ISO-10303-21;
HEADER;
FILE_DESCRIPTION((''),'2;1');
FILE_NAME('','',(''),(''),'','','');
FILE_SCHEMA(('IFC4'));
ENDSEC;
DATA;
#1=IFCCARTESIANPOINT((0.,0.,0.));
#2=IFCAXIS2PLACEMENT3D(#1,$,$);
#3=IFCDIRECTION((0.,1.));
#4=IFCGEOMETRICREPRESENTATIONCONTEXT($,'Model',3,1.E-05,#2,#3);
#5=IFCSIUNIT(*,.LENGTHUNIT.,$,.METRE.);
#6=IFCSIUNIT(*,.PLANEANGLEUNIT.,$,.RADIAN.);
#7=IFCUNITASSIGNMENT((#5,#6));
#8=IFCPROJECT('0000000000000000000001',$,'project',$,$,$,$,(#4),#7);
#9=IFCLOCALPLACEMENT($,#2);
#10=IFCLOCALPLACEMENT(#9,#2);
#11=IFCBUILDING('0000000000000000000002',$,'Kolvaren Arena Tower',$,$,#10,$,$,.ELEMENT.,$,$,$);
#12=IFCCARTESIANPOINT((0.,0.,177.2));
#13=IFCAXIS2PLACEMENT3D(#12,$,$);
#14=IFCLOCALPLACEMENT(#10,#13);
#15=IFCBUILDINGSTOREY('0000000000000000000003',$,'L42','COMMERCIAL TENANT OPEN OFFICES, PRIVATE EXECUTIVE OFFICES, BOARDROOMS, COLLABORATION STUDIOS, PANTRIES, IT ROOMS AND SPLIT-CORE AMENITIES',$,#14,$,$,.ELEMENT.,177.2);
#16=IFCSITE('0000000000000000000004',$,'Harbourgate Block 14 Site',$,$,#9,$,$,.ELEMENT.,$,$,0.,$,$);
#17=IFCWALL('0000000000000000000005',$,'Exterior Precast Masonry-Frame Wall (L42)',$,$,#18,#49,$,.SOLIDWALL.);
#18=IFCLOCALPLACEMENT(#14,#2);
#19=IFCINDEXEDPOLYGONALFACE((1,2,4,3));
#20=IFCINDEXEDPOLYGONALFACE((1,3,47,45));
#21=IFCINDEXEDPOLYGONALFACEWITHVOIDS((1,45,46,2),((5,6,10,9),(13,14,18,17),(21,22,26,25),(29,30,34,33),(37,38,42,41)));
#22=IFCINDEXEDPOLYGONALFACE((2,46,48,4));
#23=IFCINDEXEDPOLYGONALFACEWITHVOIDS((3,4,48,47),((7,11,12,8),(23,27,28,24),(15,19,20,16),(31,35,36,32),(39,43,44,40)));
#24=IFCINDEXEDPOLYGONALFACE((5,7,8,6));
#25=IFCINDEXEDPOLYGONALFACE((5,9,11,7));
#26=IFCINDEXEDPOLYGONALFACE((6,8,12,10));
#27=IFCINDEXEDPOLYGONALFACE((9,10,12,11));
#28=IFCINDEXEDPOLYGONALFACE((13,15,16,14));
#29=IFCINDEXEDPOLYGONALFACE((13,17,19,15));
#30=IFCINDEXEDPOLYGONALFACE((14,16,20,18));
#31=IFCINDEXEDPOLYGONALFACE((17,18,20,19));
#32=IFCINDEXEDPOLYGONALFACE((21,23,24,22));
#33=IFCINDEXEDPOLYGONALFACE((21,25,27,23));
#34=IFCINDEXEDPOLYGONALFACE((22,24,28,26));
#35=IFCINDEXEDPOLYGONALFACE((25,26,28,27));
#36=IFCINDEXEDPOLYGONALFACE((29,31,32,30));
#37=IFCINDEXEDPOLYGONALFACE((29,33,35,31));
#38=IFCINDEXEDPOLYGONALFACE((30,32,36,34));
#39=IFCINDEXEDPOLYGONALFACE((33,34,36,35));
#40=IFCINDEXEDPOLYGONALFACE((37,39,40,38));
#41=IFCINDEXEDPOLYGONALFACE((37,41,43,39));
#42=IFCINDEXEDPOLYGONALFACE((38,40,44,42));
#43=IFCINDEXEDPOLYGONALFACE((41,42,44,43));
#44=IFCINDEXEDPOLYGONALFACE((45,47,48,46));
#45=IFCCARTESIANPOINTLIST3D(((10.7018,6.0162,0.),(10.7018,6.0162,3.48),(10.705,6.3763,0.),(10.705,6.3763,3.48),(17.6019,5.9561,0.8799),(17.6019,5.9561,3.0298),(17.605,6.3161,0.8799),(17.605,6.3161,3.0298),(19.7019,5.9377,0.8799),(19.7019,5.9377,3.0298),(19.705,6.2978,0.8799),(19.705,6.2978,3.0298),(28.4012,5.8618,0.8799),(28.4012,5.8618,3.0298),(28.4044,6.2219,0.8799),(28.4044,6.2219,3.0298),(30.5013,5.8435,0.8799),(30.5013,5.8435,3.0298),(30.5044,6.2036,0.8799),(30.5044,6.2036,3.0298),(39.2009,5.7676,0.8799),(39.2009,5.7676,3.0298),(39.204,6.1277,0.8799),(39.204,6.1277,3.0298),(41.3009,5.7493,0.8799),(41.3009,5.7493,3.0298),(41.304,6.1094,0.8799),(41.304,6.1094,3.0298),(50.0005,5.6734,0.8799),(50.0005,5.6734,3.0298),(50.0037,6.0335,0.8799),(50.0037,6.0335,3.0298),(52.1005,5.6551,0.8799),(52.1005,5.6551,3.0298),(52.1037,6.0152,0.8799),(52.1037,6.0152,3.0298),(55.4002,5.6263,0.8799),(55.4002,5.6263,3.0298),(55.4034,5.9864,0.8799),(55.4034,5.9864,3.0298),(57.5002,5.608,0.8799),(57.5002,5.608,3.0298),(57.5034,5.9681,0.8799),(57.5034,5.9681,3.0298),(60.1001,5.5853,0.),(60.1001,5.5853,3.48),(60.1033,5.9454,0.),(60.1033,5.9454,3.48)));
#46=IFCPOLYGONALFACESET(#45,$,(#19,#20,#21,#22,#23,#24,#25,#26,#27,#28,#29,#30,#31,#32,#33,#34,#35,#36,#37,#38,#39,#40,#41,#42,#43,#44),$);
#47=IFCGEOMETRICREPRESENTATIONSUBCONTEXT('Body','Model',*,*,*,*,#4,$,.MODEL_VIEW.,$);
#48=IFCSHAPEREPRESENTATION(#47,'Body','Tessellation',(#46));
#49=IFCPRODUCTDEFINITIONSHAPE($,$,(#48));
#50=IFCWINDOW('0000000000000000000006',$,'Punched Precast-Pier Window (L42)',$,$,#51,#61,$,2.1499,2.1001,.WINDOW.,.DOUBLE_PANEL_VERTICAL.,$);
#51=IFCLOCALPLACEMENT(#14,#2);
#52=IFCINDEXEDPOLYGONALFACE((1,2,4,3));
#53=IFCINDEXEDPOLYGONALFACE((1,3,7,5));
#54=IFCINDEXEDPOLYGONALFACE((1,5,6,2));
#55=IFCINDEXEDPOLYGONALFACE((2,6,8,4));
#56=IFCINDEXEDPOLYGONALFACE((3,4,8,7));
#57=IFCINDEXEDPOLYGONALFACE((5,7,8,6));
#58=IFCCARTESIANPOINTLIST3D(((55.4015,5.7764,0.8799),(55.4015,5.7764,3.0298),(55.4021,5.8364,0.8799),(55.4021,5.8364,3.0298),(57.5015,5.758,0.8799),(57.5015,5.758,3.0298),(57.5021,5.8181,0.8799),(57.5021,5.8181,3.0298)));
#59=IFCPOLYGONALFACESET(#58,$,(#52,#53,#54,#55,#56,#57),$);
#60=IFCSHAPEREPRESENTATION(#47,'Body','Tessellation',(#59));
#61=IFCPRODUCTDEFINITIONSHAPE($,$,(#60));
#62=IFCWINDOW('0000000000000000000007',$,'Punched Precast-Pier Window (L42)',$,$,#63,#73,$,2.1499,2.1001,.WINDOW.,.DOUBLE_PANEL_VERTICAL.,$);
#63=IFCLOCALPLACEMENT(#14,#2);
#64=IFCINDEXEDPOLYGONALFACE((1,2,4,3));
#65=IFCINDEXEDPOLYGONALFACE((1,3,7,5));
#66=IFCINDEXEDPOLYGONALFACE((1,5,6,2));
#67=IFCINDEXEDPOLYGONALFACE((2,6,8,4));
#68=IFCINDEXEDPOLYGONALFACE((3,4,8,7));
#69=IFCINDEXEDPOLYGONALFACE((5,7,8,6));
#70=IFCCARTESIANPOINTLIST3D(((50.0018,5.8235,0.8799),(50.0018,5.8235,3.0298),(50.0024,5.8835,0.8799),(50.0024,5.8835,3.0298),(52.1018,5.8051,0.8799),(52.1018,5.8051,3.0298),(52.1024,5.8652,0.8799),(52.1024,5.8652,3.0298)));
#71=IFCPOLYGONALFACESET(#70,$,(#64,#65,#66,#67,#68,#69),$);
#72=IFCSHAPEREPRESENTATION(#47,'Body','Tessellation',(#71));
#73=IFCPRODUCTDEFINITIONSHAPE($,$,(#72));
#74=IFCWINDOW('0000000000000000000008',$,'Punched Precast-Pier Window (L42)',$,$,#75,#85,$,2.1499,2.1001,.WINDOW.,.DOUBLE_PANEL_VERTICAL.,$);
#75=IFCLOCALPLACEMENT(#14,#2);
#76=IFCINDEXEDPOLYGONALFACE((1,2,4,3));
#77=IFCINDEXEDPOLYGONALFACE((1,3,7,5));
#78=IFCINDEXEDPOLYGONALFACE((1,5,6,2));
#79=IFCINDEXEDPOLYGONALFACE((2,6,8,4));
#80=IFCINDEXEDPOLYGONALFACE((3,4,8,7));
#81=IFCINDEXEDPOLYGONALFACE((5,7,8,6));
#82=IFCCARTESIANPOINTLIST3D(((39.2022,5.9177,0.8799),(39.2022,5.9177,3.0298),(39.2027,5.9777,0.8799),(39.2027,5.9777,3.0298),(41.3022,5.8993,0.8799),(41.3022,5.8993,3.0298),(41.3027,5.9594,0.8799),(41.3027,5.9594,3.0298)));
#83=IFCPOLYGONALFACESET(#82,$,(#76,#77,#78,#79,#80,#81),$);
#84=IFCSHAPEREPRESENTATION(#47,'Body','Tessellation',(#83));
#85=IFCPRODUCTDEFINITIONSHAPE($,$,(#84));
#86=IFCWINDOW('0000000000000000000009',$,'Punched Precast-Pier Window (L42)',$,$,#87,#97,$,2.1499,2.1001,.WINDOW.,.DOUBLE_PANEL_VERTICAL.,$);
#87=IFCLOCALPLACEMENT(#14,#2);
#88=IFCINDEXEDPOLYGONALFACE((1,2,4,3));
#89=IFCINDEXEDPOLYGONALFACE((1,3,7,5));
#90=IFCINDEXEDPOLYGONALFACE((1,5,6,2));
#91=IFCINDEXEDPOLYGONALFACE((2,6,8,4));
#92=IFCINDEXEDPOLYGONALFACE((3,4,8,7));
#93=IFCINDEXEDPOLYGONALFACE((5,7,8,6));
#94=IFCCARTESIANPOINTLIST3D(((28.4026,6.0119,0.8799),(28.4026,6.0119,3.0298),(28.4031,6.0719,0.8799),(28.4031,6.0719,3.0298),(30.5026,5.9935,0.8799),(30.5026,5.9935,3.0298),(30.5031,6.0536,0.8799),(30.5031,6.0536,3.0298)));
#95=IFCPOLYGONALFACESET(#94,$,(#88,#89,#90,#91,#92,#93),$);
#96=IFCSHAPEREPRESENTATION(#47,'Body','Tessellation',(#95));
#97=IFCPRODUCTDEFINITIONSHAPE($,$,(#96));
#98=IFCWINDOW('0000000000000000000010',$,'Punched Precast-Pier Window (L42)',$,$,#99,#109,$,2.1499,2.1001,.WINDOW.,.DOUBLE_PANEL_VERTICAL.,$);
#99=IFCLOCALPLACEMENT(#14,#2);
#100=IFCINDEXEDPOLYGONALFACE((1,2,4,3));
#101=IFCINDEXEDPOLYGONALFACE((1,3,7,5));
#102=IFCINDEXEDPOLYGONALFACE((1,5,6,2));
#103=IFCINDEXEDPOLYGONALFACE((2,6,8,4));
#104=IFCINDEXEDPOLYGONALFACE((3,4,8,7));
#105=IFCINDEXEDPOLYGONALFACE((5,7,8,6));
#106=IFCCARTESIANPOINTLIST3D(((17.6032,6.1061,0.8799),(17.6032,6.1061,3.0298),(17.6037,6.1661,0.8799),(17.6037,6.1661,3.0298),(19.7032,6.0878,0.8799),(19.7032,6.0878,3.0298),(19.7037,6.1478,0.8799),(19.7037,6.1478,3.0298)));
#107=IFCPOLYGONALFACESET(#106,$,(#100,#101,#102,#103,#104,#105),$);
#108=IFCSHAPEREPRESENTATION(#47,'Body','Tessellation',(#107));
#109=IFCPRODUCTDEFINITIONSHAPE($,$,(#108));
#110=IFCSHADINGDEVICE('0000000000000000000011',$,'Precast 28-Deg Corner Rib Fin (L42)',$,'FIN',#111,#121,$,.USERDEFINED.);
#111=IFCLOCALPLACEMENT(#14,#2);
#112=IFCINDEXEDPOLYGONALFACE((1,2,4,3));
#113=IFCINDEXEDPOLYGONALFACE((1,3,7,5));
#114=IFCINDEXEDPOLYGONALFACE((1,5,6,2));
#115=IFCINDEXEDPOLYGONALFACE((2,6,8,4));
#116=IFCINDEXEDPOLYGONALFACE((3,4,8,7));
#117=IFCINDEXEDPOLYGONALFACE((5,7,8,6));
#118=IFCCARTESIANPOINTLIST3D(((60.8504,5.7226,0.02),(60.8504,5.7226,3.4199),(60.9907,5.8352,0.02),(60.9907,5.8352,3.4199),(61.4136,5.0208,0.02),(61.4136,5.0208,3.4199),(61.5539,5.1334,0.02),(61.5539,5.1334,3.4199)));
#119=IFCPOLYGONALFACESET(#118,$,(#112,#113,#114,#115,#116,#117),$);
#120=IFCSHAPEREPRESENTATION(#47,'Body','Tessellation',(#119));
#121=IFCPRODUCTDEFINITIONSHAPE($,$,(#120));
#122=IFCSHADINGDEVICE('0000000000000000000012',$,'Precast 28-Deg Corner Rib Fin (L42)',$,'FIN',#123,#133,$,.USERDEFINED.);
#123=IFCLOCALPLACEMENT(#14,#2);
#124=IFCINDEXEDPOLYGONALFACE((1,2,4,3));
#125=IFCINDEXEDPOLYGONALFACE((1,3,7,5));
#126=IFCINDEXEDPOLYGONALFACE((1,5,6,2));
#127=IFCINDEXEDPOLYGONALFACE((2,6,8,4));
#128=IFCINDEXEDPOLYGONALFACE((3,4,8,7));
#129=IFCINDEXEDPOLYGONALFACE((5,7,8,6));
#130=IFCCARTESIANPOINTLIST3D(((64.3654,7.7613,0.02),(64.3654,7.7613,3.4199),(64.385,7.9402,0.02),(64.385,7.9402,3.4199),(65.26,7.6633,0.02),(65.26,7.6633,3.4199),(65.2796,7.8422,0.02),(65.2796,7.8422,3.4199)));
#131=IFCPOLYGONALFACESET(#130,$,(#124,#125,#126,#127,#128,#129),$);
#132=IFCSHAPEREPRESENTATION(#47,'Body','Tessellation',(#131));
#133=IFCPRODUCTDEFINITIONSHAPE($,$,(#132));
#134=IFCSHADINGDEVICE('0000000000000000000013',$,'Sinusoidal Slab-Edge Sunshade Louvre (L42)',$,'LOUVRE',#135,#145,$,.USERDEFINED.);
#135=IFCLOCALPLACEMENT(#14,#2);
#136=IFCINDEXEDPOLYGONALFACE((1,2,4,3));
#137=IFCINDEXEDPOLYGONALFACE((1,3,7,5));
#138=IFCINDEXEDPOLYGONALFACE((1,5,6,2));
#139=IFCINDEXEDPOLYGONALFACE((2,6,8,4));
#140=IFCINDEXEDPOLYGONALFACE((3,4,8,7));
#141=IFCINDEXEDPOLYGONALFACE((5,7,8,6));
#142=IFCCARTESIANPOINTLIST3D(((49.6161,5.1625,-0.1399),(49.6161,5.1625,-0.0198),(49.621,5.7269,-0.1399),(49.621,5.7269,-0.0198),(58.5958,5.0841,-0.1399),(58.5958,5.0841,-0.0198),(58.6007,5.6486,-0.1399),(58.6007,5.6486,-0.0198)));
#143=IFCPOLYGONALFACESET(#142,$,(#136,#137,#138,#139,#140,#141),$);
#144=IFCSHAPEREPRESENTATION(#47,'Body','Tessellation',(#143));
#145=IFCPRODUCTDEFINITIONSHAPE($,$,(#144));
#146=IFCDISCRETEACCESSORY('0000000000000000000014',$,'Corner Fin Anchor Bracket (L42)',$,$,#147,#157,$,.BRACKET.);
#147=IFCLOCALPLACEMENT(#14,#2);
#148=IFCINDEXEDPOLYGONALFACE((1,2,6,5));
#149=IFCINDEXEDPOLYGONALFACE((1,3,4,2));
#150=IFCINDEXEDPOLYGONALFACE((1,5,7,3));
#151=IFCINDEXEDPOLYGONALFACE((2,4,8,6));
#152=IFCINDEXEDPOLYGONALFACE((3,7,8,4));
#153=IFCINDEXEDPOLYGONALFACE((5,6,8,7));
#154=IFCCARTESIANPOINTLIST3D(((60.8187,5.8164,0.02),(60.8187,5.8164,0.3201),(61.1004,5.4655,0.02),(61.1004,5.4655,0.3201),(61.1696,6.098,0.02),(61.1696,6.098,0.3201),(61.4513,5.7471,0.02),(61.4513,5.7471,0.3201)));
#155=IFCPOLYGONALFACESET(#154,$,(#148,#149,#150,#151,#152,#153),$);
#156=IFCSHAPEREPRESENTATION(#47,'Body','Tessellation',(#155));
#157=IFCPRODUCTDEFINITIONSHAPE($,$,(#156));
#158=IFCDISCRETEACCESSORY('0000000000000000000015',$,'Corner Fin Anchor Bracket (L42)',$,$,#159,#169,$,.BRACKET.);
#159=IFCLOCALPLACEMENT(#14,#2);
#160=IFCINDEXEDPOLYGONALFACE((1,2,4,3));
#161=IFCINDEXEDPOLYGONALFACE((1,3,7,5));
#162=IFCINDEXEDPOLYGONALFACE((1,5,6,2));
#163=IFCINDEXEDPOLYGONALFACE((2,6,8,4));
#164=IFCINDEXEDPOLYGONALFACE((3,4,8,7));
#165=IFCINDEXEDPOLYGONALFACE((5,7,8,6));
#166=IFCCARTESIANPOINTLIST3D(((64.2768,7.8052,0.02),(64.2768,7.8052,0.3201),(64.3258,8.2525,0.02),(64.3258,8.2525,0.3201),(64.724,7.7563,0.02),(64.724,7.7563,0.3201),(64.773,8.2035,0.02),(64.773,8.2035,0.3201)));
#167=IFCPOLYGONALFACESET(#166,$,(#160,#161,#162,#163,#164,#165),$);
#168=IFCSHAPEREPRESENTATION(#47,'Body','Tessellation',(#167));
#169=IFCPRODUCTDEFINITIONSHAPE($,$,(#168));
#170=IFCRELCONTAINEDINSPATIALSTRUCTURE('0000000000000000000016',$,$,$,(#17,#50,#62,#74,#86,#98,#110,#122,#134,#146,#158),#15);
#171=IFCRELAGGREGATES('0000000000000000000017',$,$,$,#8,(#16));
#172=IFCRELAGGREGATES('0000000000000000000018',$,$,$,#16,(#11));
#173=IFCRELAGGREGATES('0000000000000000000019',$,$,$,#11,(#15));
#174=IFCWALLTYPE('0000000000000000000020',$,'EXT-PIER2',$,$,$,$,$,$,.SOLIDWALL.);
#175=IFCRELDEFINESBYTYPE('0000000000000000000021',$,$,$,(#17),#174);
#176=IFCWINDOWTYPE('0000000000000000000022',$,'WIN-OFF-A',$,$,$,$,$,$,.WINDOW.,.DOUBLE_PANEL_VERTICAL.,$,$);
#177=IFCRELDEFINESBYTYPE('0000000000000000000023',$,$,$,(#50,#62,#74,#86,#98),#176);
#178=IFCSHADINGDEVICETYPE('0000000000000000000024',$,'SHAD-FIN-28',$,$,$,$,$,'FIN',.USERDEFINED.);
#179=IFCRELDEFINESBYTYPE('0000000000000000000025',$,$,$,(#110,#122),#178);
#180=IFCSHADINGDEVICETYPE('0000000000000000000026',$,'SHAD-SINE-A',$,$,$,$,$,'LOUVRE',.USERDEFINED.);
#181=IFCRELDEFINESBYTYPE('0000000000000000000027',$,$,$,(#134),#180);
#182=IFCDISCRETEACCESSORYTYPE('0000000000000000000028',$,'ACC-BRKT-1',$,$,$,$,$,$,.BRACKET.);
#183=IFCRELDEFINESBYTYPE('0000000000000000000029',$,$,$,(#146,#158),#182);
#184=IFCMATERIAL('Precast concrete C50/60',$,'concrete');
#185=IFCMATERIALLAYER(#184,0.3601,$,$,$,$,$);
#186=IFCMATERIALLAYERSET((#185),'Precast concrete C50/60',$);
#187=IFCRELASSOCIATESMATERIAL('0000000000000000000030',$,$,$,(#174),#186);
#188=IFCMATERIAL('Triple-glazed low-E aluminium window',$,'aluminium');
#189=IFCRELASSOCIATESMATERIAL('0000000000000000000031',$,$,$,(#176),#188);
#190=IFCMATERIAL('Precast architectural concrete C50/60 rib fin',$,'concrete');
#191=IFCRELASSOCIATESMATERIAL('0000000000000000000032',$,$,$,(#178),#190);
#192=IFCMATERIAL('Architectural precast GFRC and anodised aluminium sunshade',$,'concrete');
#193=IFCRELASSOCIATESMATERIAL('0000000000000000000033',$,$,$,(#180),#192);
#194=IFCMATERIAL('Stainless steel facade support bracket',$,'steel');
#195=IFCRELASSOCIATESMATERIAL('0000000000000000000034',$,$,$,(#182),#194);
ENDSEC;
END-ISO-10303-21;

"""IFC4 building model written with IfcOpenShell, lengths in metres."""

from ifc_helpers import new_model, si_unit, direction, frame, frame_2d, origin, origin_2d, place, context, subcontext, project, spatial, rectangle, extrude, material, layer, layer_set, type_object, element, fill, save


model = new_model("IFC4")

# Units and contexts
model_context = context("Model", 3, precision=1e-05, world=origin(), true_north=direction((0.0, 1.0)))
body_context = subcontext(model_context, "Body", "Model", "MODEL_VIEW")
ifc_project = project(units=[si_unit("LENGTHUNIT", "METRE"), si_unit("PLANEANGLEUNIT", "RADIAN")], contexts=[model_context])

# Site, building, storey
site_placement = place(None, origin())
site = spatial("IfcSite", under=ifc_project, at=site_placement, Name="Harbourgate Block 14 Site", CompositionType="ELEMENT", RefElevation=0.0)
building_placement = place(site_placement, origin())
building = spatial("IfcBuilding", under=site, at=building_placement, Name="Kolvaren Arena Tower", CompositionType="ELEMENT")
storey_placement = place(building_placement, frame((0.0, 0.0, 177.2)))
storey = spatial("IfcBuildingStorey", under=building, at=storey_placement, Name="L42", Description="COMMERCIAL TENANT OPEN OFFICES, PRIVATE EXECUTIVE OFFICES, BOARDROOMS, COLLABORATION STUDIOS, PANTRIES, IT ROOMS AND SPLIT-CORE AMENITIES", CompositionType="ELEMENT", Elevation=177.2)

# Shared definitions
ifc_material_1 = material(Name="Precast concrete C50/60", Category="concrete")
ifc_layer_1 = layer(ifc_material_1, 0.3601)
ifc_layer_set_1 = layer_set([ifc_layer_1], Name="Precast concrete C50/60")
wall_type_1 = type_object("IfcWallType", Name="EXT-PIER2", PredefinedType="SOLIDWALL", material=ifc_layer_set_1)

# Wall, openings, windows
wall_1_placement = place(storey_placement, frame((60.1018, 5.7654, 0.0), z_axis=(0.0, 0.0, 1.0), x_axis=(-0.999962, 0.008723, 0.0)))
wall_1 = element("IfcWall", 1, at=wall_1_placement, inside=storey, type_object=wall_type_1, Name="Exterior Precast Masonry-Frame Wall (L42)", PredefinedType="SOLIDWALL", context=body_context, shape_type="SweptSolid", body=[
    extrude(rectangle(XDim=49.4001, YDim=0.3601, at=frame_2d((24.7002, 0.0))), origin(), (0.0, 0.0, 1.0), 3.48),
])
opening_1_placement = place(wall_1_placement, frame((2.6001, 0.0, 0.8799)))
opening_1 = element("IfcOpeningElement", 2, at=opening_1_placement, cuts=wall_1, PredefinedType="OPENING", context=body_context, shape_type="SweptSolid", body=[
    extrude(rectangle(XDim=2.1001, YDim=2.1499, at=frame_2d((1.05, 1.075))), frame((0.0, 0.1899, 0.0), z_axis=(0.0, -1.0, 0.0), x_axis=(1.0, 0.0, 0.0)), (0.0, 0.0, 1.0), 0.3801),
])
opening_2_placement = place(wall_1_placement, frame((8.0, 0.0, 0.8799)))
opening_2 = element("IfcOpeningElement", 3, at=opening_2_placement, cuts=wall_1, PredefinedType="OPENING", context=body_context, shape_type="SweptSolid", body=[
    extrude(rectangle(XDim=2.1001, YDim=2.1499, at=frame_2d((1.05, 1.075))), frame((0.0, 0.1899, 0.0), z_axis=(0.0, -1.0, 0.0), x_axis=(1.0, 0.0, 0.0)), (0.0, 0.0, 1.0), 0.3801),
])
opening_3_placement = place(wall_1_placement, frame((18.8, 0.0, 0.8799)))
opening_3 = element("IfcOpeningElement", 4, at=opening_3_placement, cuts=wall_1, PredefinedType="OPENING", context=body_context, shape_type="SweptSolid", body=[
    extrude(rectangle(XDim=2.1001, YDim=2.1499, at=frame_2d((1.05, 1.075))), frame((0.0, 0.1899, 0.0), z_axis=(0.0, -1.0, 0.0), x_axis=(1.0, 0.0, 0.0)), (0.0, 0.0, 1.0), 0.3801),
])
opening_4_placement = place(wall_1_placement, frame((29.6001, 0.0, 0.8799)))
opening_4 = element("IfcOpeningElement", 5, at=opening_4_placement, cuts=wall_1, PredefinedType="OPENING", context=body_context, shape_type="SweptSolid", body=[
    extrude(rectangle(XDim=2.1001, YDim=2.1499, at=frame_2d((1.05, 1.075))), frame((0.0, 0.1899, 0.0), z_axis=(0.0, -1.0, 0.0), x_axis=(1.0, 0.0, 0.0)), (0.0, 0.0, 1.0), 0.3801),
])
opening_5_placement = place(wall_1_placement, frame((40.3999, 0.0, 0.8799)))
opening_5 = element("IfcOpeningElement", 6, at=opening_5_placement, cuts=wall_1, PredefinedType="OPENING", context=body_context, shape_type="SweptSolid", body=[
    extrude(rectangle(XDim=2.1001, YDim=2.1499, at=frame_2d((1.05, 1.075))), frame((0.0, 0.1899, 0.0), z_axis=(0.0, -1.0, 0.0), x_axis=(1.0, 0.0, 0.0)), (0.0, 0.0, 1.0), 0.3801),
])
ifc_material_2 = material(Name="Triple-glazed low-E aluminium window", Category="aluminium")
window_type = type_object("IfcWindowType", Name="WIN-OFF-A", PartitioningType="DOUBLE_PANEL_VERTICAL", PredefinedType="WINDOW", material=ifc_material_2)
window_1_placement = place(opening_1_placement, origin())
window_1 = element("IfcWindow", 7, at=window_1_placement, inside=storey, type_object=window_type, Name="Punched Precast-Pier Window (L42)", OverallHeight=2.1499, OverallWidth=2.1001, PartitioningType="DOUBLE_PANEL_VERTICAL", PredefinedType="WINDOW", context=body_context, shape_type="SweptSolid", body=[
    extrude(rectangle(XDim=2.1001, YDim=2.1499, at=frame_2d((1.05, 1.075))), frame((0.0, 0.03, 0.0), z_axis=(0.0, -1.0, 0.0), x_axis=(1.0, 0.0, 0.0)), (0.0, 0.0, 1.0), 0.0601),
])
fill(opening_1, window_1)
window_2_placement = place(opening_2_placement, origin())
window_2 = element("IfcWindow", 8, at=window_2_placement, inside=storey, type_object=window_type, Name="Punched Precast-Pier Window (L42)", OverallHeight=2.1499, OverallWidth=2.1001, PartitioningType="DOUBLE_PANEL_VERTICAL", PredefinedType="WINDOW", context=body_context, shape_type="SweptSolid", body=[
    extrude(rectangle(XDim=2.1001, YDim=2.1499, at=frame_2d((1.05, 1.075))), frame((0.0, 0.03, 0.0), z_axis=(0.0, -1.0, 0.0), x_axis=(1.0, 0.0, 0.0)), (0.0, 0.0, 1.0), 0.0601),
])
fill(opening_2, window_2)
window_3_placement = place(opening_3_placement, origin())
window_3 = element("IfcWindow", 9, at=window_3_placement, inside=storey, type_object=window_type, Name="Punched Precast-Pier Window (L42)", OverallHeight=2.1499, OverallWidth=2.1001, PartitioningType="DOUBLE_PANEL_VERTICAL", PredefinedType="WINDOW", context=body_context, shape_type="SweptSolid", body=[
    extrude(rectangle(XDim=2.1001, YDim=2.1499, at=frame_2d((1.05, 1.075))), frame((0.0, 0.03, 0.0), z_axis=(0.0, -1.0, 0.0), x_axis=(1.0, 0.0, 0.0)), (0.0, 0.0, 1.0), 0.0601),
])
fill(opening_3, window_3)
window_4_placement = place(opening_4_placement, origin())
window_4 = element("IfcWindow", 10, at=window_4_placement, inside=storey, type_object=window_type, Name="Punched Precast-Pier Window (L42)", OverallHeight=2.1499, OverallWidth=2.1001, PartitioningType="DOUBLE_PANEL_VERTICAL", PredefinedType="WINDOW", context=body_context, shape_type="SweptSolid", body=[
    extrude(rectangle(XDim=2.1001, YDim=2.1499, at=frame_2d((1.05, 1.075))), frame((0.0, 0.03, 0.0), z_axis=(0.0, -1.0, 0.0), x_axis=(1.0, 0.0, 0.0)), (0.0, 0.0, 1.0), 0.0601),
])
fill(opening_4, window_4)
window_5_placement = place(opening_5_placement, origin())
window_5 = element("IfcWindow", 11, at=window_5_placement, inside=storey, type_object=window_type, Name="Punched Precast-Pier Window (L42)", OverallHeight=2.1499, OverallWidth=2.1001, PartitioningType="DOUBLE_PANEL_VERTICAL", PredefinedType="WINDOW", context=body_context, shape_type="SweptSolid", body=[
    extrude(rectangle(XDim=2.1001, YDim=2.1499, at=frame_2d((1.05, 1.075))), frame((0.0, 0.03, 0.0), z_axis=(0.0, -1.0, 0.0), x_axis=(1.0, 0.0, 0.0)), (0.0, 0.0, 1.0), 0.0601),
])
fill(opening_5, window_5)

# Shading devices
ifc_material_3 = material(Name="Precast architectural concrete C50/60 rib fin", Category="concrete")
shading_device_type_1 = type_object("IfcShadingDeviceType", Name="SHAD-FIN-28", ElementType="FIN", PredefinedType="USERDEFINED", material=ifc_material_3)
for number, where, z_axis, x_axis, name in (
    (12, (61.2021, 5.428, 0.02), (0.0, 0.0, 1.0), (0.625923, -0.779884, 0.0), "Precast 28-Deg Corner Rib Fin (L42)"),
    (13, (64.8225, 7.8018, 0.02), (0.0, 0.0, 1.0), (0.994057, -0.108862, 0.0), "Precast 28-Deg Corner Rib Fin (L42)"),
):
    element("IfcShadingDevice", number, at=place(storey_placement, frame(where, z_axis=z_axis, x_axis=x_axis)), inside=storey, type_object=shading_device_type_1, Name=name, ObjectType="FIN", PredefinedType="USERDEFINED", context=body_context, shape_type="SweptSolid", body=[
        extrude(rectangle(XDim=0.8999, YDim=0.1799, at=origin_2d()), origin(), (0.0, 0.0, 1.0), 3.3999),
    ])
ifc_material_4 = material(Name="Architectural precast GFRC and anodised aluminium sunshade", Category="concrete")
shading_device_type_2 = type_object("IfcShadingDeviceType", Name="SHAD-SINE-A", ElementType="LOUVRE", PredefinedType="USERDEFINED", material=ifc_material_4)
shading_device_placement = place(storey_placement, frame((54.1084, 5.4055, -0.1399), z_axis=(0.0, 0.0, 1.0), x_axis=(-0.999962, 0.008727, 0.0)))
element("IfcShadingDevice", 14, at=shading_device_placement, inside=storey, type_object=shading_device_type_2, Name="Sinusoidal Slab-Edge Sunshade Louvre (L42)", ObjectType="LOUVRE", PredefinedType="USERDEFINED", context=body_context, shape_type="SweptSolid", body=[
    extrude(rectangle(XDim=8.98, YDim=0.5645, at=origin_2d()), origin(), (0.0, 0.0, 1.0), 0.1201),
])

# Discrete accessories
ifc_material_5 = material(Name="Stainless steel facade support bracket", Category="steel")
discrete_accessory_type = type_object("IfcDiscreteAccessoryType", Name="ACC-BRKT-1", PredefinedType="BRACKET", material=ifc_material_5)
for number, where, z_axis, x_axis, name in (
    (15, (61.135, 5.7817, 0.02), (0.0, 0.0, 1.0), (0.625923, -0.779884, 0.0), "Corner Fin Anchor Bracket (L42)"),
    (16, (64.5249, 8.0044, 0.02), (0.0, 0.0, 1.0), (0.994057, -0.108862, 0.0), "Corner Fin Anchor Bracket (L42)"),
):
    element("IfcDiscreteAccessory", number, at=place(storey_placement, frame(where, z_axis=z_axis, x_axis=x_axis)), inside=storey, type_object=discrete_accessory_type, Name=name, PredefinedType="BRACKET", context=body_context, shape_type="SweptSolid", body=[
        extrude(rectangle(XDim=0.45, YDim=0.45, at=origin_2d()), origin(), (0.0, 0.0, 1.0), 0.3),
    ])

save(model, "model.ifc")
